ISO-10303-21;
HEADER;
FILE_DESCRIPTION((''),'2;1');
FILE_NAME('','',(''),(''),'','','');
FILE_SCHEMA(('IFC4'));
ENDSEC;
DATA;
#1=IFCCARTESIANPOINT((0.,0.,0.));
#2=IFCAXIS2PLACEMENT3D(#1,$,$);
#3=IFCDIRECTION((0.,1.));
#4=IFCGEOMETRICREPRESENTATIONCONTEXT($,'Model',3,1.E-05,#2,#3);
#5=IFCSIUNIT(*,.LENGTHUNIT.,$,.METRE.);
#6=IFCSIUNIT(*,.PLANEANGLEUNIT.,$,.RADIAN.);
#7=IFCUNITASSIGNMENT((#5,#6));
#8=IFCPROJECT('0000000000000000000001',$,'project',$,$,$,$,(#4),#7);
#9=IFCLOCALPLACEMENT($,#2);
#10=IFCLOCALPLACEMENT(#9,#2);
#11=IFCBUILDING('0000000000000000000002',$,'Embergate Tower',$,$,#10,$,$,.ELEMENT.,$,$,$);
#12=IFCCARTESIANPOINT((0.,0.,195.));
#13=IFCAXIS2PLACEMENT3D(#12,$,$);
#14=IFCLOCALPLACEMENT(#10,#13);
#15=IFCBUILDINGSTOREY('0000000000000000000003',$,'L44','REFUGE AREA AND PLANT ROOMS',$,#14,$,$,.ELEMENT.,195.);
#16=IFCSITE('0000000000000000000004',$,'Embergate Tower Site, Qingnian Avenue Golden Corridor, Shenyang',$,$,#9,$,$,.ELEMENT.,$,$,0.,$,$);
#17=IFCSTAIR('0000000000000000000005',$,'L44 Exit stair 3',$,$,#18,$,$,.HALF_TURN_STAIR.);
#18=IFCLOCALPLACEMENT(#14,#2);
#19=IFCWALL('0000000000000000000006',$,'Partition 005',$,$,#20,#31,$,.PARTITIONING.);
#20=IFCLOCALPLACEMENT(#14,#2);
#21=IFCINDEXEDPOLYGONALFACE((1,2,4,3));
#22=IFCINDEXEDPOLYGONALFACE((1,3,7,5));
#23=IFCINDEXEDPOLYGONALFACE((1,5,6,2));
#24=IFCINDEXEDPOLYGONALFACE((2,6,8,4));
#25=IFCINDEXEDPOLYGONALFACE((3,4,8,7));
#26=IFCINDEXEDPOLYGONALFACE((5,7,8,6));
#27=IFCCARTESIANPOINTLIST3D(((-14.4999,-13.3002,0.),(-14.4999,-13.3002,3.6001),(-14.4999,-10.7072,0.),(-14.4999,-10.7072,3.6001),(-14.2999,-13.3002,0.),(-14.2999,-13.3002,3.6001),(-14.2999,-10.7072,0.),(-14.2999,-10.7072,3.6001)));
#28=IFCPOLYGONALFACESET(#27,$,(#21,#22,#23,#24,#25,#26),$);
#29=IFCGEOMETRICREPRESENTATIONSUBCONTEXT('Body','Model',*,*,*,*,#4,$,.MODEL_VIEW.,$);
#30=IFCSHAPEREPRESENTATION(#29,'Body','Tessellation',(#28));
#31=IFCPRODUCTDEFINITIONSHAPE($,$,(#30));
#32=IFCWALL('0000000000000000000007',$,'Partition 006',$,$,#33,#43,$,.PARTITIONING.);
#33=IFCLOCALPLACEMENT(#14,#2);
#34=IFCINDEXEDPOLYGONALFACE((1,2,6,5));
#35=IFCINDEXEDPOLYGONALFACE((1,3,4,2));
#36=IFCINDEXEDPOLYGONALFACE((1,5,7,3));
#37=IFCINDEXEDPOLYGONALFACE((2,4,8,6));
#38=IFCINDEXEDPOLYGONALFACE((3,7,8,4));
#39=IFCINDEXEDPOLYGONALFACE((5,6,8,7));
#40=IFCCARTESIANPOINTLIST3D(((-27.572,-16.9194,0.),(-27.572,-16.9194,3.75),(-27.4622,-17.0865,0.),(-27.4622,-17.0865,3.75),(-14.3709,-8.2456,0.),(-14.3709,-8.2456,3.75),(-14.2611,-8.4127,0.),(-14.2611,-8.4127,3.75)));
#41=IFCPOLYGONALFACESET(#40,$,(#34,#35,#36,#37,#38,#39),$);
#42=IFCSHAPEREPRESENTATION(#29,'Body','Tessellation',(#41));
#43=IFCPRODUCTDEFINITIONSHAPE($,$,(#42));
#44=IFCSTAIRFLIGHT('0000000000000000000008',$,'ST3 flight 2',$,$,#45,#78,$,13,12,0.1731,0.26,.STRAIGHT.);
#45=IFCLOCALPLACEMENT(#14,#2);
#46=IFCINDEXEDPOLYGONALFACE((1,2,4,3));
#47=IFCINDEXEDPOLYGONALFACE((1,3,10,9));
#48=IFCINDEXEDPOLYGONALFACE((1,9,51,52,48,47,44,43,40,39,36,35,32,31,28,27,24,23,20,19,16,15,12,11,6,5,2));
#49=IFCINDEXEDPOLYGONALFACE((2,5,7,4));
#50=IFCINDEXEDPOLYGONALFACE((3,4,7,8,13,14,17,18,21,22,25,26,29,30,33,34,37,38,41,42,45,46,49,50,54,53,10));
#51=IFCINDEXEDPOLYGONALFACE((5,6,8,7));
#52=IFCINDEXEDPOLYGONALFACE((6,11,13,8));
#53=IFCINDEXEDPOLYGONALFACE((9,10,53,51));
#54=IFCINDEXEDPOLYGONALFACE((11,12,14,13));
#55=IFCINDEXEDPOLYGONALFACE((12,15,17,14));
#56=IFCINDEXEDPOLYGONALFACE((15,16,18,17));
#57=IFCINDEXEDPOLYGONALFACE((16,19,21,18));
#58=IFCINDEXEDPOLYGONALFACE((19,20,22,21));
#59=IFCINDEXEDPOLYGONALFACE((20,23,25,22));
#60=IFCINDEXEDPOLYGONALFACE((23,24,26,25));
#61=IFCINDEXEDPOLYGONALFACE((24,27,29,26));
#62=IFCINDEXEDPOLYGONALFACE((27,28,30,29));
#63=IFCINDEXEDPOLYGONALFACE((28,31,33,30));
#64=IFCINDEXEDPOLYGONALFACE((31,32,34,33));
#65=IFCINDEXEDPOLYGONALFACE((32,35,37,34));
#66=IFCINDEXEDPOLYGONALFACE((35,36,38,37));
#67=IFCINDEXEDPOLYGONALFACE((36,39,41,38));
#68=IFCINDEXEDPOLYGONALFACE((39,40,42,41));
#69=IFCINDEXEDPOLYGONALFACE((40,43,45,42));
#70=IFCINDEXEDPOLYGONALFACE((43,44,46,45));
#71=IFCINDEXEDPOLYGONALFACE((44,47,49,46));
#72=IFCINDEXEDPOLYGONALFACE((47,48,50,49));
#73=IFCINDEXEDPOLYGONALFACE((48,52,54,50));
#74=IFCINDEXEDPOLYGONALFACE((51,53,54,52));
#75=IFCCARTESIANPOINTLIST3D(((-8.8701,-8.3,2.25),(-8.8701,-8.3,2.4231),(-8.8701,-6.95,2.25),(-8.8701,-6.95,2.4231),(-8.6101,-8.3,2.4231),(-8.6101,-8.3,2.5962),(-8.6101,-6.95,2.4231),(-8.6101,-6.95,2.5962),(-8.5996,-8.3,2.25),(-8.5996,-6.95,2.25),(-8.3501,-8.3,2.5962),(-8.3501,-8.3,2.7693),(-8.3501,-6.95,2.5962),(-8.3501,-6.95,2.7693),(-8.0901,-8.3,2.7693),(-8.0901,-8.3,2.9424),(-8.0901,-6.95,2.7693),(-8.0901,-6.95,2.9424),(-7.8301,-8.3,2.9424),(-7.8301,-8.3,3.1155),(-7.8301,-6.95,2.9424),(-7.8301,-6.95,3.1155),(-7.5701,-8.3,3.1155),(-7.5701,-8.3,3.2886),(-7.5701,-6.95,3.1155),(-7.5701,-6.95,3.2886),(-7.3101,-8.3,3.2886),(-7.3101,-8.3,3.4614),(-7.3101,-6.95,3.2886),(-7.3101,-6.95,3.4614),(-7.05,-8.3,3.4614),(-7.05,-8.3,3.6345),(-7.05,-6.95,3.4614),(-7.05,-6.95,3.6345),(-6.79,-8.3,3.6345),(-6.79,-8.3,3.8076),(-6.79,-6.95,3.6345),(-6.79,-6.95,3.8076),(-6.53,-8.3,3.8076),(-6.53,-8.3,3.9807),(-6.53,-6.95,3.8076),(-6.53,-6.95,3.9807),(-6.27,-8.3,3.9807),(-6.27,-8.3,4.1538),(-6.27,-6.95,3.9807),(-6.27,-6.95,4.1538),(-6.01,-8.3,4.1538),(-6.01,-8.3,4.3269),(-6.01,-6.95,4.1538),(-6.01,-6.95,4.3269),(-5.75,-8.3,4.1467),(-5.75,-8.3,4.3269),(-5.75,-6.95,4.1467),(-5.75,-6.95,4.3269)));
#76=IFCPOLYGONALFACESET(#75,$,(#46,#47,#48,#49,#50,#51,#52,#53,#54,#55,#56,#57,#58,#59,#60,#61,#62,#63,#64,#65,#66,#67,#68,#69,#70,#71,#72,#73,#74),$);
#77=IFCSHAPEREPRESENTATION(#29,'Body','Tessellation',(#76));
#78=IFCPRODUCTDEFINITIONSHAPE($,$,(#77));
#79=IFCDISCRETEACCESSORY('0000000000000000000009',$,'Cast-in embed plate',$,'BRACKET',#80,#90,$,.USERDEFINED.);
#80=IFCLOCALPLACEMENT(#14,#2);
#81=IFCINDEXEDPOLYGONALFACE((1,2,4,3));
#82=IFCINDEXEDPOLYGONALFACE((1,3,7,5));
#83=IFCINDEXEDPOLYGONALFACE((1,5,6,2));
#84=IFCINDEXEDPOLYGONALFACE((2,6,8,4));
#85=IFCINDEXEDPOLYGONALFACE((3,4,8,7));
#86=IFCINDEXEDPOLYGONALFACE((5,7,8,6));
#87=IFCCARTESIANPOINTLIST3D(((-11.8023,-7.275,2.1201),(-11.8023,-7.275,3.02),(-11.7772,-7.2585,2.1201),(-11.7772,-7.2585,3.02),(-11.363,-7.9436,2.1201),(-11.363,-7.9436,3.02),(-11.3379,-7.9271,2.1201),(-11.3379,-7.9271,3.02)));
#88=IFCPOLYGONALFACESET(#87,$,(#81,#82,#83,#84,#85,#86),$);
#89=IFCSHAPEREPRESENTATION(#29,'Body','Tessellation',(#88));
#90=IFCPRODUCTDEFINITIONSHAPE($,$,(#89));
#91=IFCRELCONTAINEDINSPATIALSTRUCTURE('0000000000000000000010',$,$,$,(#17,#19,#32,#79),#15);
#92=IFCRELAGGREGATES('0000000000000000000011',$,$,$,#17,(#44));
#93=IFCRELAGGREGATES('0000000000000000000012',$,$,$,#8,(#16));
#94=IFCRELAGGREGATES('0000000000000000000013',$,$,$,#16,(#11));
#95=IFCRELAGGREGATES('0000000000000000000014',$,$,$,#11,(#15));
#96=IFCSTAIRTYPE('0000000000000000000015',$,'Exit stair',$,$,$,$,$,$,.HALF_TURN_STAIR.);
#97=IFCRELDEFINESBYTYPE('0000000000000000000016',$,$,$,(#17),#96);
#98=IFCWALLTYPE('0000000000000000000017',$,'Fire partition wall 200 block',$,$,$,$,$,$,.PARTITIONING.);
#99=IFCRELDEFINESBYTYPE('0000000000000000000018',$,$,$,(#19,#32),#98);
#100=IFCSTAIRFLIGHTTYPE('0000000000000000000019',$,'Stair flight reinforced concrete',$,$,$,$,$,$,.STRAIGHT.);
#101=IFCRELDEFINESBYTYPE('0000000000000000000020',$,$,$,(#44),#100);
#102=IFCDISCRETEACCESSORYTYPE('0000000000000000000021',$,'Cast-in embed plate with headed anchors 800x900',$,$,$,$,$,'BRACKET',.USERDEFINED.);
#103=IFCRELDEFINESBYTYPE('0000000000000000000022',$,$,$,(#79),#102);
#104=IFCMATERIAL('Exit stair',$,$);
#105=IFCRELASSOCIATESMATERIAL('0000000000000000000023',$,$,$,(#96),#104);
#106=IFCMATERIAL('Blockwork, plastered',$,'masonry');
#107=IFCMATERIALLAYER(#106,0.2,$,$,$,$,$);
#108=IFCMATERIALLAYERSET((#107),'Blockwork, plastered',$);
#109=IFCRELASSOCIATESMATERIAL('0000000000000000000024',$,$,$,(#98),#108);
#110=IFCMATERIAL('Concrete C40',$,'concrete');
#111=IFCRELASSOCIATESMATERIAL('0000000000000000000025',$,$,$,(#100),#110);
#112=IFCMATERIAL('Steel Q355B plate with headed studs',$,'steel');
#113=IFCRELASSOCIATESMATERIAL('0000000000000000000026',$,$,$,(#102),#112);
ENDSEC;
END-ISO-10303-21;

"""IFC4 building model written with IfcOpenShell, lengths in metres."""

from ifc_helpers import new_model, si_unit, direction, frame, frame_2d, origin, origin_2d, place, context, subcontext, project, spatial, polyline, rectangle, outline, extrude, source, transform, mapped, material, layer, layer_set, type_object, element, aggregate, save


model = new_model("IFC4")

# Units and contexts
model_context = context("Model", 3, precision=1e-05, world=origin(), true_north=direction((0.0, 1.0)))
body_context = subcontext(model_context, "Body", "Model", "MODEL_VIEW")
ifc_project = project(units=[si_unit("LENGTHUNIT", "METRE"), si_unit("PLANEANGLEUNIT", "RADIAN")], contexts=[model_context])

# Site, building, storey
site_placement = place(None, origin())
site = spatial("IfcSite", under=ifc_project, at=site_placement, Name="Embergate Tower Site, Qingnian Avenue Golden Corridor, Shenyang", CompositionType="ELEMENT", RefElevation=0.0)
building_placement = place(site_placement, origin())
building = spatial("IfcBuilding", under=site, at=building_placement, Name="Embergate Tower", CompositionType="ELEMENT")
storey_placement = place(building_placement, frame((0.0, 0.0, 195.0)))
storey = spatial("IfcBuildingStorey", under=building, at=storey_placement, Name="L44", Description="REFUGE AREA AND PLANT ROOMS", CompositionType="ELEMENT", Elevation=195.0)

# Stair
ifc_material_1 = material(Name="Exit stair")
stair_type = type_object("IfcStairType", Name="Exit stair", PredefinedType="HALF_TURN_STAIR", material=ifc_material_1)
stair_placement = place(storey_placement, origin())
stair = element("IfcStair", 1, at=stair_placement, inside=storey, type_object=stair_type, Name="L44 Exit stair 3", PredefinedType="HALF_TURN_STAIR")
ifc_material_2 = material(Name="Concrete C40", Category="concrete")

# Walls
ifc_material_3 = material(Name="Blockwork, plastered", Category="masonry")
ifc_layer_1 = layer(ifc_material_3, 0.2)
ifc_layer_set_1 = layer_set([ifc_layer_1], Name="Blockwork, plastered")
wall_type_1 = type_object("IfcWallType", Name="Fire partition wall 200 block", PredefinedType="PARTITIONING", material=ifc_layer_set_1)
shared_shape_1 = source(origin(), body_context, "Body", "SweptSolid", [
    extrude(rectangle(XDim=2.593, YDim=0.2, at=frame_2d((1.2964, 0.0))), origin(), (0.0, 0.0, 1.0), 3.6001),
])
wall_1_placement = place(storey_placement, frame((-14.3999, -13.3, 0.0), z_axis=(0.0, 0.0, 1.0), x_axis=(0.0, 1.0, 0.0)))
element("IfcWall", 2, at=wall_1_placement, inside=storey, type_object=wall_type_1, Name="Partition 005", PredefinedType="PARTITIONING", context=body_context, shape_type="MappedRepresentation", body=[
    mapped(shared_shape_1, transform((0.0, 0.0, 0.0))),
])
shared_shape_2 = source(origin(), body_context, "Body", "SweptSolid", [
    extrude(rectangle(XDim=15.7957, YDim=0.2, at=frame_2d((7.8979, 0.0))), origin(), (0.0, 0.0, 1.0), 3.75),
])
wall_2_placement = place(storey_placement, frame((-14.3159, -8.3291, 0.0), z_axis=(0.0, 0.0, 1.0), x_axis=(-0.835741, -0.549124, 0.0)))
element("IfcWall", 3, at=wall_2_placement, inside=storey, type_object=wall_type_1, Name="Partition 006", PredefinedType="PARTITIONING", context=body_context, shape_type="MappedRepresentation", body=[
    mapped(shared_shape_2, transform((0.0, 0.0, 0.0))),
])

# Stair flight
stair_flight_type = type_object("IfcStairFlightType", Name="Stair flight reinforced concrete", PredefinedType="STRAIGHT", material=ifc_material_2)
shared_shape_3 = source(origin(), body_context, "Body", "SweptSolid", [
    extrude(outline(polyline([(0.0, 0.0), (0.0, 0.1731), (0.26, 0.1731), (0.26, 0.3462), (0.52, 0.3462), (0.52, 0.5193), (0.78, 0.5193), (0.78, 0.6924), (1.04, 0.6924), (1.04, 0.8655), (1.3, 0.8655), (1.3, 1.0386), (1.5601, 1.0386), (1.5601, 1.2114), (1.8201, 1.2114), (1.8201, 1.3845), (2.0801, 1.3845), (2.0801, 1.5576), (2.3401, 1.5576), (2.3401, 1.7307), (2.6001, 1.7307), (2.6001, 1.9038), (2.8601, 1.9038), (2.8601, 2.0769), (3.1201, 2.0769), (3.1201, 2.25), (3.1201, 1.8967), (0.2705, 0.0), (0.0, 0.0)])), frame((0.0, 0.675, 0.0), z_axis=(0.0, -1.0, 0.0), x_axis=(1.0, 0.0, 0.0)), (0.0, 0.0, 1.0), 1.3501),
])
stair_flight_placement = place(storey_placement, frame((-8.8701, -7.625, 2.25), z_axis=(0.0, 0.0, 1.0), x_axis=(1.0, 0.0, 0.0)))
stair_flight = element("IfcStairFlight", 4, at=stair_flight_placement, type_object=stair_flight_type, Name="ST3 flight 2", NumberOfRisers=13, NumberOfTreads=12, PredefinedType="STRAIGHT", RiserHeight=0.1731, TreadLength=0.26, context=body_context, shape_type="MappedRepresentation", body=[
    mapped(shared_shape_3, transform((0.0, 0.0, 0.0))),
])
aggregate(stair, [stair_flight])

# Discrete accessory
ifc_material_4 = material(Name="Steel Q355B plate with headed studs", Category="steel")
discrete_accessory_type = type_object("IfcDiscreteAccessoryType", Name="Cast-in embed plate with headed anchors 800x900", ElementType="BRACKET", PredefinedType="USERDEFINED", material=ifc_material_4)
shared_shape_4 = source(origin(), body_context, "Body", "SweptSolid", [
    extrude(rectangle(XDim=0.03, YDim=0.8, at=origin_2d()), origin(), (0.0, 0.0, 1.0), 0.8999),
])
discrete_accessory_placement = place(storey_placement, frame((-11.5701, -7.6011, 2.1201), z_axis=(0.0, 0.0, 1.0), x_axis=(-0.83574, -0.549125, 0.0)))
element("IfcDiscreteAccessory", 5, at=discrete_accessory_placement, inside=storey, type_object=discrete_accessory_type, Name="Cast-in embed plate", ObjectType="BRACKET", PredefinedType="USERDEFINED", context=body_context, shape_type="MappedRepresentation", body=[
    mapped(shared_shape_4, transform((0.0, 0.0, 0.0))),
])

save(model, "model.ifc")
